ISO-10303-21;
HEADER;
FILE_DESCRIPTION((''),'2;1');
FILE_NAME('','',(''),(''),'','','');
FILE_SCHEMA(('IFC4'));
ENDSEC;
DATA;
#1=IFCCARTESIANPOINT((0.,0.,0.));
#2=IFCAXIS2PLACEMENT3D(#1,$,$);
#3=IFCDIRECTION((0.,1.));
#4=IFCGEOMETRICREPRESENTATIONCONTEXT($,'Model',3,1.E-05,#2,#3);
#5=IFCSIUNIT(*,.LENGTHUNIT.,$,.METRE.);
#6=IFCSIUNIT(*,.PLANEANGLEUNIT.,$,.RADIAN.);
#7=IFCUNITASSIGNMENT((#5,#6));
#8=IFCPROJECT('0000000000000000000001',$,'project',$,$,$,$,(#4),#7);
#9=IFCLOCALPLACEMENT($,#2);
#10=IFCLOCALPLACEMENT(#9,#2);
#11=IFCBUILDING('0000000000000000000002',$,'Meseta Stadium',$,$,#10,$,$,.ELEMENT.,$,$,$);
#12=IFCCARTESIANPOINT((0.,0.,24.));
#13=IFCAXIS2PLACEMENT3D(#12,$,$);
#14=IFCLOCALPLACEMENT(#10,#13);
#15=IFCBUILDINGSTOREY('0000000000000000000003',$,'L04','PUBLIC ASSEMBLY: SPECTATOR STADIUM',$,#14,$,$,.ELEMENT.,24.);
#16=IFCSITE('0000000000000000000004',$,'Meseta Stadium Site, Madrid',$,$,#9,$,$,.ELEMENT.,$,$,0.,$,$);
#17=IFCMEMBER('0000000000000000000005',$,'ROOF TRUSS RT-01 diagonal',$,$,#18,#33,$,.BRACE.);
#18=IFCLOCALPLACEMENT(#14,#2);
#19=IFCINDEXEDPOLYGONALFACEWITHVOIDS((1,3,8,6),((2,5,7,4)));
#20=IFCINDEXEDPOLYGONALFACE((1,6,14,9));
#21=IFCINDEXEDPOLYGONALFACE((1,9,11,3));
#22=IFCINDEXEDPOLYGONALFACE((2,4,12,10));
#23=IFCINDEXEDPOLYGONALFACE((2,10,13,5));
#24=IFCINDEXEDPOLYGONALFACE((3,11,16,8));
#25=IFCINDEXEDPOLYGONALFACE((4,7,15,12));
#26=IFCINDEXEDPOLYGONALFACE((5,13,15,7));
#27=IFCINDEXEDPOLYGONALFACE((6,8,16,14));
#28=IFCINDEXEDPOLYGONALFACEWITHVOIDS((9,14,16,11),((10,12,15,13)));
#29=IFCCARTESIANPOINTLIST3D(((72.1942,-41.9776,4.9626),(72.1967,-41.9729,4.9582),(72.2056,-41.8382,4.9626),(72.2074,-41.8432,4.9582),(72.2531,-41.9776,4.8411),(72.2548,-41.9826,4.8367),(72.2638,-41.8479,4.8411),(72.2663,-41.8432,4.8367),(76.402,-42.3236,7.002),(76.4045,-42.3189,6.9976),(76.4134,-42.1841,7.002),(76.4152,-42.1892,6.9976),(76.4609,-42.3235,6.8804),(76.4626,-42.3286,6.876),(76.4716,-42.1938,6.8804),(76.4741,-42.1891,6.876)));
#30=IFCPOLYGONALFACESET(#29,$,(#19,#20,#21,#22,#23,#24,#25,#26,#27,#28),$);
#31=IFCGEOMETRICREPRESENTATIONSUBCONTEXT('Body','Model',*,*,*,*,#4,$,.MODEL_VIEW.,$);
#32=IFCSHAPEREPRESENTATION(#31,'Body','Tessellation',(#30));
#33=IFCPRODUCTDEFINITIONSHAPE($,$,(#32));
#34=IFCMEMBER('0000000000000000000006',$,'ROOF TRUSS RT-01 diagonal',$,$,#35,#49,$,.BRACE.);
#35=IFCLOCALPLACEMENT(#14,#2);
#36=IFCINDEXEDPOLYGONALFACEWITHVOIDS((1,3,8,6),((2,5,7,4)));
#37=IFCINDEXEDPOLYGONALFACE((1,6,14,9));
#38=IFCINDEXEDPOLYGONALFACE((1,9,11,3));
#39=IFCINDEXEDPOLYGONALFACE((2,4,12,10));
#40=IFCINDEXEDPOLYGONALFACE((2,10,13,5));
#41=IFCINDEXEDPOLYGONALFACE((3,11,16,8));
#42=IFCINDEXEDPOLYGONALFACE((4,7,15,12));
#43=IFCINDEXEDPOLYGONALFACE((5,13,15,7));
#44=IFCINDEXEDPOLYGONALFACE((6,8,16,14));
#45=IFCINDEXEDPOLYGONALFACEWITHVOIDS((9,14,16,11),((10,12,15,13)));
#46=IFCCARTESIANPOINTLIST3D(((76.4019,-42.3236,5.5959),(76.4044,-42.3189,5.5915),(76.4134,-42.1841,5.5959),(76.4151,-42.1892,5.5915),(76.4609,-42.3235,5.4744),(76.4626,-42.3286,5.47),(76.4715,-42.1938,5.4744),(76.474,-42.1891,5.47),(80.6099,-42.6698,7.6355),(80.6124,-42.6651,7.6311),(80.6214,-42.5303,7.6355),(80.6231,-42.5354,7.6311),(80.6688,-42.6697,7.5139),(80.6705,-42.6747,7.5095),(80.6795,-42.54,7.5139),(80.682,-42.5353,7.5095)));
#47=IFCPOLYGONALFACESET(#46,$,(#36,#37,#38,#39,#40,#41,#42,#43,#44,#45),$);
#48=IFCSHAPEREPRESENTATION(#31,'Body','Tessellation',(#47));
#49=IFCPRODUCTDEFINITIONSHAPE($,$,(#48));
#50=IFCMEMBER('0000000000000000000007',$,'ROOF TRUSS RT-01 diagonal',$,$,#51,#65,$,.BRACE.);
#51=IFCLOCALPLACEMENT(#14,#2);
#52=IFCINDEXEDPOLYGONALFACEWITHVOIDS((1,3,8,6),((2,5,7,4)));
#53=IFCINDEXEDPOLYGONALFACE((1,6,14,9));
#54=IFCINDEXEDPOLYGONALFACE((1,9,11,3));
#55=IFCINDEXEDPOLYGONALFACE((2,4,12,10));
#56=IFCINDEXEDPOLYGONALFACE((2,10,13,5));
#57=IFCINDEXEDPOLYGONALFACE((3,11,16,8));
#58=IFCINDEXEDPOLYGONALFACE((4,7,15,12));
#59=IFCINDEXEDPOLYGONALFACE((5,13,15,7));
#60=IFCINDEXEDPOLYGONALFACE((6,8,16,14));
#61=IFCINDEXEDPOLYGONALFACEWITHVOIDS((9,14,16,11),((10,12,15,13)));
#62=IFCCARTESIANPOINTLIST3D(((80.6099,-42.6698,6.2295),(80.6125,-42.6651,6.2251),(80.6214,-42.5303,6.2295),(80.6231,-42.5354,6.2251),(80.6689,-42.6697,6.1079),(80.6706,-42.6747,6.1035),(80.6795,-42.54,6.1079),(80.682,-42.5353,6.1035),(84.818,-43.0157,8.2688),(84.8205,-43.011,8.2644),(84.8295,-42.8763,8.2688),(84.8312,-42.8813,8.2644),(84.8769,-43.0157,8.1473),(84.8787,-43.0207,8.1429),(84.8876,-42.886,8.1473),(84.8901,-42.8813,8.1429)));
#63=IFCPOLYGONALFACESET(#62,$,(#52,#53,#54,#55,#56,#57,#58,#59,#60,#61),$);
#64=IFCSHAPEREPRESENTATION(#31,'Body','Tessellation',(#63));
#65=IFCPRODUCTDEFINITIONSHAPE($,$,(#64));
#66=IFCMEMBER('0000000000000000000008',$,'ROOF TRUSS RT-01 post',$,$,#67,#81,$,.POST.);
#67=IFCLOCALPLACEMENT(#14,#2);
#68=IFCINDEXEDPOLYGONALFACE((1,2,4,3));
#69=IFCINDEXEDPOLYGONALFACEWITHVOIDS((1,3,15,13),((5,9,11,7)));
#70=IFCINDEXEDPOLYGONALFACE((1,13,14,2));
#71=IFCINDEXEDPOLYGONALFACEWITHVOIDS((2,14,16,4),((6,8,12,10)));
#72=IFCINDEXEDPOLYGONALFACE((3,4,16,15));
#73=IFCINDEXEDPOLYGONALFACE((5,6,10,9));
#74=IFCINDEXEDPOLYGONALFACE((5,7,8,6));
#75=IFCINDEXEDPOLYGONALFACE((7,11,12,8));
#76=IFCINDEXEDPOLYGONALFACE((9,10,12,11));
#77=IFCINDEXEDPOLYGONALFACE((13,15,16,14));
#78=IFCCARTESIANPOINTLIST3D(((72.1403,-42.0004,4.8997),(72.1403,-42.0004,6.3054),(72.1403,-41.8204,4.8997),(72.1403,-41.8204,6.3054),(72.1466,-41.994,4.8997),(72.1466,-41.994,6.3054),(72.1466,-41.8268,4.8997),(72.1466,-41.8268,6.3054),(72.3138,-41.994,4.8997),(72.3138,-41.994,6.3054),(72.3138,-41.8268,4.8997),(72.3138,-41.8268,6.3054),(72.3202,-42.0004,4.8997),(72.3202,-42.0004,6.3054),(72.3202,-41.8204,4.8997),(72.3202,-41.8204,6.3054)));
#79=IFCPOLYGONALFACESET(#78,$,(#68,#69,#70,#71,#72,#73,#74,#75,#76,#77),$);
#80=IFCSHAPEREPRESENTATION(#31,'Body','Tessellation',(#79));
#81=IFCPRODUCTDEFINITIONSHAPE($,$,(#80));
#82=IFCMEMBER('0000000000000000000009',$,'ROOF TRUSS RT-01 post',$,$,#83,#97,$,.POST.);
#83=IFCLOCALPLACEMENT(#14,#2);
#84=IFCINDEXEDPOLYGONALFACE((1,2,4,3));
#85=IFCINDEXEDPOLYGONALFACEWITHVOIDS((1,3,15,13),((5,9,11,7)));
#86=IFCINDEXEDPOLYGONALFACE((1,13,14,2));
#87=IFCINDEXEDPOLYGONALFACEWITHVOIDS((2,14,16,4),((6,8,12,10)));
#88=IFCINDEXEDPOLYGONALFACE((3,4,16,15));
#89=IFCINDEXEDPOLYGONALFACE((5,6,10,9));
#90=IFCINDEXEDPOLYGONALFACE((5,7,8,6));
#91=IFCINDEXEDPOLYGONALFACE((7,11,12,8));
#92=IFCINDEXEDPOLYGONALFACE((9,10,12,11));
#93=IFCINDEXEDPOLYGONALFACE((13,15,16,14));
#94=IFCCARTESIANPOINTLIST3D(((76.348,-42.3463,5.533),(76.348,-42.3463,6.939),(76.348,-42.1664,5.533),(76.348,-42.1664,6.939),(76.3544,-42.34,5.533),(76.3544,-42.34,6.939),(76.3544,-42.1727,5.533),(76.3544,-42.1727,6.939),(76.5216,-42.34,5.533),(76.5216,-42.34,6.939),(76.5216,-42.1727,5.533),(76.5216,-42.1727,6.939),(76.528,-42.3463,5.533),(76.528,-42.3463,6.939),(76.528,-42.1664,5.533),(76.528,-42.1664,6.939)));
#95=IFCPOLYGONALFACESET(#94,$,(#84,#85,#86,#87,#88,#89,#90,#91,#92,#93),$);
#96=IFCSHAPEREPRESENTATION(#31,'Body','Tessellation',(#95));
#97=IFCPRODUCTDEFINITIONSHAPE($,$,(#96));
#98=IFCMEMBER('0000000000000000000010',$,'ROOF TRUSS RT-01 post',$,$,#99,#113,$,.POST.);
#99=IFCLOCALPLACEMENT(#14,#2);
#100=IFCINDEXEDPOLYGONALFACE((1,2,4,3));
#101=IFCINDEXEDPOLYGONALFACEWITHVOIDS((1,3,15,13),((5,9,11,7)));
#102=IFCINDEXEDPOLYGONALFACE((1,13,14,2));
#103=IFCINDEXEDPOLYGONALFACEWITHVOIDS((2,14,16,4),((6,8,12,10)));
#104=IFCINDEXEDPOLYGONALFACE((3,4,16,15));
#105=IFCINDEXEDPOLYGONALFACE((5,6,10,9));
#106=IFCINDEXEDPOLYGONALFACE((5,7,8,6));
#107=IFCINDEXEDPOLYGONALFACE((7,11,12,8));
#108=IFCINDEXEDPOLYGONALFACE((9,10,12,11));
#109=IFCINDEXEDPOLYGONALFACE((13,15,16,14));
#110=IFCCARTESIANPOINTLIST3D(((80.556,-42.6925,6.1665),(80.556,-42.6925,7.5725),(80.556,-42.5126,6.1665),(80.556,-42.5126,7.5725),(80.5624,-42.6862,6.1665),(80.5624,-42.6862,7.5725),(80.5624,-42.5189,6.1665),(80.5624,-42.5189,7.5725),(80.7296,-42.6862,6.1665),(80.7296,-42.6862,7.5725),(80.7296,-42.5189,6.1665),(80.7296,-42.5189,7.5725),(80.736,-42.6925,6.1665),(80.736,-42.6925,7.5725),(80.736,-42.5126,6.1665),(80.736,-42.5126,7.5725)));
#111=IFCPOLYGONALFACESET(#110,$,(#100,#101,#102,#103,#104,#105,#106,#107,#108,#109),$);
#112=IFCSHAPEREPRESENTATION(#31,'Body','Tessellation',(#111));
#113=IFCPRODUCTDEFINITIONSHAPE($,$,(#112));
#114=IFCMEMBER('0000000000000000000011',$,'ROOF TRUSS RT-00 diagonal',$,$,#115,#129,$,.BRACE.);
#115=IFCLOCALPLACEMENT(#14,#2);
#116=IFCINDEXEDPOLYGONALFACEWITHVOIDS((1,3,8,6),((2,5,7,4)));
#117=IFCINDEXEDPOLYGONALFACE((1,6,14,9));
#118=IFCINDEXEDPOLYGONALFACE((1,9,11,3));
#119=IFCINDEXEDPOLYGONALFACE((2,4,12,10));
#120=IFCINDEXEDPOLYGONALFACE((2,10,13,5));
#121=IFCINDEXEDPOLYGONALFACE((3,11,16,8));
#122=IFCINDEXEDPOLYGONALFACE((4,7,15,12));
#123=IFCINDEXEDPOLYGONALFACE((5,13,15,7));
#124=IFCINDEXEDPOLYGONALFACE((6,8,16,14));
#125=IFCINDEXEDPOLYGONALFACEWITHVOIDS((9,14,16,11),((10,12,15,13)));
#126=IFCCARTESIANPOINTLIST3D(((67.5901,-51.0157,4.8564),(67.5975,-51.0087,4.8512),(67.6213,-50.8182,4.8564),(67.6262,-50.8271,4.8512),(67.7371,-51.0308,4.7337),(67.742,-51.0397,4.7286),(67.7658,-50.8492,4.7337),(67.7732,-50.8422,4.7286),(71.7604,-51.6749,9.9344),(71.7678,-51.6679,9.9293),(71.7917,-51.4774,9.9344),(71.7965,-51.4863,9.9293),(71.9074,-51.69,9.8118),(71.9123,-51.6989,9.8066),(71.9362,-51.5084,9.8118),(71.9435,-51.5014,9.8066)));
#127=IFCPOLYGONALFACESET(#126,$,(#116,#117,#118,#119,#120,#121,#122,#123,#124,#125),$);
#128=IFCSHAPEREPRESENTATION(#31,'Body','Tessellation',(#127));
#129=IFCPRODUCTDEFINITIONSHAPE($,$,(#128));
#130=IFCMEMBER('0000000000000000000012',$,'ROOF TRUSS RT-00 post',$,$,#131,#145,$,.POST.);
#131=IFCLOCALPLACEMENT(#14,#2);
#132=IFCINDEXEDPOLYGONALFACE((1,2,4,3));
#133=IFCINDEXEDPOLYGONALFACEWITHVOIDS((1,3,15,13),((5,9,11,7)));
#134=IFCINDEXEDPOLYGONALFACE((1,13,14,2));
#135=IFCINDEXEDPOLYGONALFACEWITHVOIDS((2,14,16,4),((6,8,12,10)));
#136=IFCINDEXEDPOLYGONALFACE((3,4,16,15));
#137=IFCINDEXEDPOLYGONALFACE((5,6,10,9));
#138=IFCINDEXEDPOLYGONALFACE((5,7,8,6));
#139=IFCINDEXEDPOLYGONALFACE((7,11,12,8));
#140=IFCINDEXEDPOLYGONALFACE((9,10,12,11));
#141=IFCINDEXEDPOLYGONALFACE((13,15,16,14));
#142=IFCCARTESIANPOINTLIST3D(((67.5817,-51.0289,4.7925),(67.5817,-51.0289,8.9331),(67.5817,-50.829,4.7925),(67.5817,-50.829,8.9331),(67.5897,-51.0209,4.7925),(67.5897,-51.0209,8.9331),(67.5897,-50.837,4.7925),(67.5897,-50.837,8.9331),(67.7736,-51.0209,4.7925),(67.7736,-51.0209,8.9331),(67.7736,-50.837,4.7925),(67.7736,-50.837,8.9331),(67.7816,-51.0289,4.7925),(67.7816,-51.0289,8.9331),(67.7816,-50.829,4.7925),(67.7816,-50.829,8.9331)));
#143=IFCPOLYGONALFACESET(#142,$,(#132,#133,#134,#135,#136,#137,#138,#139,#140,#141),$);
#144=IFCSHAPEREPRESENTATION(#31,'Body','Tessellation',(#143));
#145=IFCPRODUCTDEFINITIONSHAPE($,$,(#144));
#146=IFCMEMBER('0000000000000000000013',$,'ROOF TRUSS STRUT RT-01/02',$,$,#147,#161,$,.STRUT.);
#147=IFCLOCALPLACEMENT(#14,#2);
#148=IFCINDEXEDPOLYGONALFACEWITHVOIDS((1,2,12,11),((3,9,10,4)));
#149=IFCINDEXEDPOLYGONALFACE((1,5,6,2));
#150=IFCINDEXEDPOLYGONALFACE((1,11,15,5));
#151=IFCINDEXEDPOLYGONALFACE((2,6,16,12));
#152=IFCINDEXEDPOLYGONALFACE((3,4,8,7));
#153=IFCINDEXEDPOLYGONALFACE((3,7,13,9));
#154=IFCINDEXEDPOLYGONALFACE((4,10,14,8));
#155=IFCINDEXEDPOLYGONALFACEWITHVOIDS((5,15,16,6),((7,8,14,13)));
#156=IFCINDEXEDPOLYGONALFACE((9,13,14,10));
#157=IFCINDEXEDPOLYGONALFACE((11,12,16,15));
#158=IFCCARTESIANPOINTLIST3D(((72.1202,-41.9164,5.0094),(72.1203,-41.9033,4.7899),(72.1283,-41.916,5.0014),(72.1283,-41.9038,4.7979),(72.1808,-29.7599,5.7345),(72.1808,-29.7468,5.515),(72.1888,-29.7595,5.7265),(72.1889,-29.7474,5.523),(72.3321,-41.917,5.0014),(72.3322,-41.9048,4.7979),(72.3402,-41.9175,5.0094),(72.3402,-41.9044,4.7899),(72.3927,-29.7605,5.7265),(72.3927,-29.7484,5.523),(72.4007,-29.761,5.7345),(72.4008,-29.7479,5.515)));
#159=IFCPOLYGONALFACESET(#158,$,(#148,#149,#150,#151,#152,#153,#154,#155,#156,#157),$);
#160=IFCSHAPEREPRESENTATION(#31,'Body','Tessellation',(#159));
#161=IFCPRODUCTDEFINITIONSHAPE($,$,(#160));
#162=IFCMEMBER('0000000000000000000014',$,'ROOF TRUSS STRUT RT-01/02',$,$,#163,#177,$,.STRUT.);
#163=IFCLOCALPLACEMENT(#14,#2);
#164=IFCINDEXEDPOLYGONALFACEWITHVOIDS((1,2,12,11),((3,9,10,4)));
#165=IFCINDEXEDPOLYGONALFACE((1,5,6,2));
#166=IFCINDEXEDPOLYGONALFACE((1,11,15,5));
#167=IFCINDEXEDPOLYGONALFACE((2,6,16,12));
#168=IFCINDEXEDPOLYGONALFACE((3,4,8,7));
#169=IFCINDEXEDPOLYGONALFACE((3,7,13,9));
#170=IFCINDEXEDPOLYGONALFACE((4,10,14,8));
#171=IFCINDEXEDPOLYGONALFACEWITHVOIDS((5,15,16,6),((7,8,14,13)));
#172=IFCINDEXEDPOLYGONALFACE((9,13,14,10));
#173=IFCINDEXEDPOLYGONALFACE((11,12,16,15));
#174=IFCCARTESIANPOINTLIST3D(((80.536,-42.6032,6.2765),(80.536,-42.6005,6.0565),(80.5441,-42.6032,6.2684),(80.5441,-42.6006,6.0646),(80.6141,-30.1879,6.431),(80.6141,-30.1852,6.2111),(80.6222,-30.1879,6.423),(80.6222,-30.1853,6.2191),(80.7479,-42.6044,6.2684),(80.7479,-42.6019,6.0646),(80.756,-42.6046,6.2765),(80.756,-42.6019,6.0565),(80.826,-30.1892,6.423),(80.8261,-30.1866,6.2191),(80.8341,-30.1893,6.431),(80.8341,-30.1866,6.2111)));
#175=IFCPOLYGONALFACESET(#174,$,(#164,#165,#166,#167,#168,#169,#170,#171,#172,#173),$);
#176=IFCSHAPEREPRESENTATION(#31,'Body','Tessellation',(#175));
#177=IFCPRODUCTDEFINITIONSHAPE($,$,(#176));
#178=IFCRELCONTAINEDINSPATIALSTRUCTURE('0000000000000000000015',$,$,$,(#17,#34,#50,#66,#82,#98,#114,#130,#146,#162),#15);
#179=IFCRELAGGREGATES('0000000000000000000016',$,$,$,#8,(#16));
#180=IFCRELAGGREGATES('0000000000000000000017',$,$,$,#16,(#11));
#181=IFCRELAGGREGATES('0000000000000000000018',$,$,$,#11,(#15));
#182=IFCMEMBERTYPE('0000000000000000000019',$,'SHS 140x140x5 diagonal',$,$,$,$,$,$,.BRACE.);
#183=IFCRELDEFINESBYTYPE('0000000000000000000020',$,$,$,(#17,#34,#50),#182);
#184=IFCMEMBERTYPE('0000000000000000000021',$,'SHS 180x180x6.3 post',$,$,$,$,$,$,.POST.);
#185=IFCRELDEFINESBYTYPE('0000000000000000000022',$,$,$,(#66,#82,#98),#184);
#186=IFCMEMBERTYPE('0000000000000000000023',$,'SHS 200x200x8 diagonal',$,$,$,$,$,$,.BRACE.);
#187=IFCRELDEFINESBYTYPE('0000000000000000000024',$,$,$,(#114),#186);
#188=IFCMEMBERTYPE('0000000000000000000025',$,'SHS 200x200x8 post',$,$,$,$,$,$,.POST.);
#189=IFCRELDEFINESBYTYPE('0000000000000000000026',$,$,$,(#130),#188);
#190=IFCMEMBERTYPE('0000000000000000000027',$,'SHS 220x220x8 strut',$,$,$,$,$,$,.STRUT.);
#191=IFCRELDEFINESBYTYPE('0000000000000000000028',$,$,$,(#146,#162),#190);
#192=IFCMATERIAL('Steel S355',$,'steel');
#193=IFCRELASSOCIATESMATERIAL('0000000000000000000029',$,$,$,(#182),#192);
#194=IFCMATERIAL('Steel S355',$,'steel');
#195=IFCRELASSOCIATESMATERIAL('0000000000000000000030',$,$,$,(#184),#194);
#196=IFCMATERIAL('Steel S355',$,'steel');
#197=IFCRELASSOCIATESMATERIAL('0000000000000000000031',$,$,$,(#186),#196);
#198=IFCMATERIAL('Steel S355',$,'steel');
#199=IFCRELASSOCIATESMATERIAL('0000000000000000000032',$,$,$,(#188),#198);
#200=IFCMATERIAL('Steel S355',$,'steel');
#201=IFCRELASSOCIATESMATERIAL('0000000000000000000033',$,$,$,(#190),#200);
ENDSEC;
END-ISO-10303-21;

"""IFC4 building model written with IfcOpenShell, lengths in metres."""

from ifc_helpers import new_model, si_unit, direction, frame, origin, origin_2d, place, context, subcontext, project, spatial, hollow_rectangle, extrude, material, material_profile, profile_set, type_object, element, save


model = new_model("IFC4")

# Units and contexts
model_context = context("Model", 3, precision=1e-05, world=origin(), true_north=direction((0.0, 1.0)))
body_context = subcontext(model_context, "Body", "Model", "MODEL_VIEW")
ifc_project = project(units=[si_unit("LENGTHUNIT", "METRE"), si_unit("PLANEANGLEUNIT", "RADIAN")], contexts=[model_context])

# Site, building, storey
site_placement = place(None, origin())
site = spatial("IfcSite", under=ifc_project, at=site_placement, Name="Meseta Stadium Site, Madrid", CompositionType="ELEMENT", RefElevation=0.0)
building_placement = place(site_placement, origin())
building = spatial("IfcBuilding", under=site, at=building_placement, Name="Meseta Stadium", CompositionType="ELEMENT")
storey_placement = place(building_placement, frame((0.0, 0.0, 24.0)))
storey = spatial("IfcBuildingStorey", under=building, at=storey_placement, Name="L04", Description="PUBLIC ASSEMBLY: SPECTATOR STADIUM", CompositionType="ELEMENT", Elevation=24.0)

# Members
ifc_material_1 = material(Name="Steel S355", Category="steel")
ifc_material_profile_1 = material_profile(ifc_material_1, hollow_rectangle(XDim=0.1399, YDim=0.1399, WallThickness=0.0049, at=origin_2d()), Name="SHS 140x140x5")
ifc_profile_set_1 = profile_set([ifc_material_profile_1], Name="Steel S355")
member_type_1 = type_object("IfcMemberType", Name="SHS 140x140x5 diagonal", PredefinedType="BRACE", material=ifc_profile_set_1)
member_1_placement = place(storey_placement, frame((72.2302, -41.9104, 4.8997), z_axis=(0.89743, -0.073783, 0.434943), x_axis=(0.08194, 0.996637, 0.0)))
element("IfcMember", 1, at=member_1_placement, inside=storey, type_object=member_type_1, Name="ROOF TRUSS RT-01 diagonal", PredefinedType="BRACE", context=body_context, shape_type="SweptSolid", body=[
    extrude(hollow_rectangle(XDim=0.1399, YDim=0.1399, WallThickness=0.0049, at=origin_2d()), origin(), (0.0, 0.0, 1.0), 4.6887),
])
for number, where, z_axis, x_axis, name in (
    (2, (76.438, -42.2563, 5.533), (0.897417, -0.07383, 0.434963), (0.081993, 0.996633, 0.0), "ROOF TRUSS RT-01 diagonal"),
    (3, (80.646, -42.6025, 6.1665), (0.89744, -0.07378, 0.434922), (0.081935, 0.996638, 0.0), "ROOF TRUSS RT-01 diagonal"),
):
    element("IfcMember", number, at=place(storey_placement, frame(where, z_axis=z_axis, x_axis=x_axis)), inside=storey, type_object=member_type_1, Name=name, PredefinedType="BRACE", context=body_context, shape_type="SweptSolid", body=[
        extrude(hollow_rectangle(XDim=0.1399, YDim=0.1399, WallThickness=0.0049, at=origin_2d()), origin(), (0.0, 0.0, 1.0), 4.689),
    ])
ifc_material_2 = material(Name="Steel S355", Category="steel")
ifc_material_profile_2 = material_profile(ifc_material_2, hollow_rectangle(XDim=0.1799, YDim=0.1799, WallThickness=0.0063, at=origin_2d()), Name="SHS 180x180x6.3")
ifc_profile_set_2 = profile_set([ifc_material_profile_2], Name="Steel S355")
member_type_2 = type_object("IfcMemberType", Name="SHS 180x180x6.3 post", PredefinedType="POST", material=ifc_profile_set_2)
member_2_placement = place(storey_placement, frame((72.2302, -41.9104, 4.8997), z_axis=(0.0, 0.0, 1.0), x_axis=(1.0, 0.0, 0.0)))
element("IfcMember", 4, at=member_2_placement, inside=storey, type_object=member_type_2, Name="ROOF TRUSS RT-01 post", PredefinedType="POST", context=body_context, shape_type="SweptSolid", body=[
    extrude(hollow_rectangle(XDim=0.1799, YDim=0.1799, WallThickness=0.0063, at=origin_2d()), origin(), (0.0, 0.0, 1.0), 1.4058),
])
for number, where, z_axis, x_axis, name in (
    (5, (76.438, -42.2563, 5.533), (0.0, 0.0, 1.0), (1.0, 0.0, 0.0), "ROOF TRUSS RT-01 post"),
    (6, (80.646, -42.6025, 6.1665), (0.0, 0.0, 1.0), (1.0, 0.0, 0.0), "ROOF TRUSS RT-01 post"),
):
    element("IfcMember", number, at=place(storey_placement, frame(where, z_axis=z_axis, x_axis=x_axis)), inside=storey, type_object=member_type_2, Name=name, PredefinedType="POST", context=body_context, shape_type="SweptSolid", body=[
        extrude(hollow_rectangle(XDim=0.1799, YDim=0.1799, WallThickness=0.0063, at=origin_2d()), origin(), (0.0, 0.0, 1.0), 1.406),
    ])
ifc_material_3 = material(Name="Steel S355", Category="steel")
ifc_material_profile_3 = material_profile(ifc_material_3, hollow_rectangle(XDim=0.2, YDim=0.2, WallThickness=0.0081, at=origin_2d()), Name="SHS 200x200x8")
ifc_profile_set_3 = profile_set([ifc_material_profile_3], Name="Steel S355")
member_type_3 = type_object("IfcMemberType", Name="SHS 200x200x8 diagonal", PredefinedType="BRACE", material=ifc_profile_set_3)
member_3_placement = place(storey_placement, frame((67.6816, -50.929, 4.7925), z_axis=(0.631488, -0.099814, 0.768935), x_axis=(0.156123, 0.987738, 0.0)))
element("IfcMember", 7, at=member_3_placement, inside=storey, type_object=member_type_3, Name="ROOF TRUSS RT-00 diagonal", PredefinedType="BRACE", context=body_context, shape_type="SweptSolid", body=[
    extrude(hollow_rectangle(XDim=0.2, YDim=0.2, WallThickness=0.0081, at=origin_2d()), origin(), (0.0, 0.0, 1.0), 6.604),
])
ifc_material_4 = material(Name="Steel S355", Category="steel")
ifc_material_profile_4 = material_profile(ifc_material_4, hollow_rectangle(XDim=0.2, YDim=0.2, WallThickness=0.0081, at=origin_2d()), Name="SHS 200x200x8")
ifc_profile_set_4 = profile_set([ifc_material_profile_4], Name="Steel S355")
member_type_4 = type_object("IfcMemberType", Name="SHS 200x200x8 post", PredefinedType="POST", material=ifc_profile_set_4)
member_4_placement = place(storey_placement, frame((67.6816, -50.929, 4.7925), z_axis=(0.0, 0.0, 1.0), x_axis=(1.0, 0.0, 0.0)))
element("IfcMember", 8, at=member_4_placement, inside=storey, type_object=member_type_4, Name="ROOF TRUSS RT-00 post", PredefinedType="POST", context=body_context, shape_type="SweptSolid", body=[
    extrude(hollow_rectangle(XDim=0.2, YDim=0.2, WallThickness=0.0081, at=origin_2d()), origin(), (0.0, 0.0, 1.0), 4.1406),
])
ifc_material_5 = material(Name="Steel S355", Category="steel")
ifc_material_profile_5 = material_profile(ifc_material_5, hollow_rectangle(XDim=0.22, YDim=0.22, WallThickness=0.0081, at=origin_2d()), Name="SHS 220x220x8")
ifc_profile_set_5 = profile_set([ifc_material_profile_5], Name="Steel S355")
member_type_5 = type_object("IfcMemberType", Name="SHS 220x220x8 strut", PredefinedType="STRUT", material=ifc_profile_set_5)
member_5_placement = place(storey_placement, frame((72.2302, -41.9104, 4.8997), z_axis=(0.004972, 0.998214, 0.05954), x_axis=(-0.999988, 0.004981, 0.0)))
element("IfcMember", 9, at=member_5_placement, inside=storey, type_object=member_type_5, Name="ROOF TRUSS STRUT RT-01/02", PredefinedType="STRUT", context=body_context, shape_type="SweptSolid", body=[
    extrude(hollow_rectangle(XDim=0.22, YDim=0.22, WallThickness=0.0081, at=origin_2d()), origin(), (0.0, 0.0, 1.0), 12.1782),
])
member_6_placement = place(storey_placement, frame((80.646, -42.6025, 6.1665), z_axis=(0.006292, 0.999903, 0.012446), x_axis=(-0.99998, 0.006293, 0.0)))
element("IfcMember", 10, at=member_6_placement, inside=storey, type_object=member_type_5, Name="ROOF TRUSS STRUT RT-01/02", PredefinedType="STRUT", context=body_context, shape_type="SweptSolid", body=[
    extrude(hollow_rectangle(XDim=0.22, YDim=0.22, WallThickness=0.0081, at=origin_2d()), origin(), (0.0, 0.0, 1.0), 12.4165),
])

save(model, "model.ifc")
